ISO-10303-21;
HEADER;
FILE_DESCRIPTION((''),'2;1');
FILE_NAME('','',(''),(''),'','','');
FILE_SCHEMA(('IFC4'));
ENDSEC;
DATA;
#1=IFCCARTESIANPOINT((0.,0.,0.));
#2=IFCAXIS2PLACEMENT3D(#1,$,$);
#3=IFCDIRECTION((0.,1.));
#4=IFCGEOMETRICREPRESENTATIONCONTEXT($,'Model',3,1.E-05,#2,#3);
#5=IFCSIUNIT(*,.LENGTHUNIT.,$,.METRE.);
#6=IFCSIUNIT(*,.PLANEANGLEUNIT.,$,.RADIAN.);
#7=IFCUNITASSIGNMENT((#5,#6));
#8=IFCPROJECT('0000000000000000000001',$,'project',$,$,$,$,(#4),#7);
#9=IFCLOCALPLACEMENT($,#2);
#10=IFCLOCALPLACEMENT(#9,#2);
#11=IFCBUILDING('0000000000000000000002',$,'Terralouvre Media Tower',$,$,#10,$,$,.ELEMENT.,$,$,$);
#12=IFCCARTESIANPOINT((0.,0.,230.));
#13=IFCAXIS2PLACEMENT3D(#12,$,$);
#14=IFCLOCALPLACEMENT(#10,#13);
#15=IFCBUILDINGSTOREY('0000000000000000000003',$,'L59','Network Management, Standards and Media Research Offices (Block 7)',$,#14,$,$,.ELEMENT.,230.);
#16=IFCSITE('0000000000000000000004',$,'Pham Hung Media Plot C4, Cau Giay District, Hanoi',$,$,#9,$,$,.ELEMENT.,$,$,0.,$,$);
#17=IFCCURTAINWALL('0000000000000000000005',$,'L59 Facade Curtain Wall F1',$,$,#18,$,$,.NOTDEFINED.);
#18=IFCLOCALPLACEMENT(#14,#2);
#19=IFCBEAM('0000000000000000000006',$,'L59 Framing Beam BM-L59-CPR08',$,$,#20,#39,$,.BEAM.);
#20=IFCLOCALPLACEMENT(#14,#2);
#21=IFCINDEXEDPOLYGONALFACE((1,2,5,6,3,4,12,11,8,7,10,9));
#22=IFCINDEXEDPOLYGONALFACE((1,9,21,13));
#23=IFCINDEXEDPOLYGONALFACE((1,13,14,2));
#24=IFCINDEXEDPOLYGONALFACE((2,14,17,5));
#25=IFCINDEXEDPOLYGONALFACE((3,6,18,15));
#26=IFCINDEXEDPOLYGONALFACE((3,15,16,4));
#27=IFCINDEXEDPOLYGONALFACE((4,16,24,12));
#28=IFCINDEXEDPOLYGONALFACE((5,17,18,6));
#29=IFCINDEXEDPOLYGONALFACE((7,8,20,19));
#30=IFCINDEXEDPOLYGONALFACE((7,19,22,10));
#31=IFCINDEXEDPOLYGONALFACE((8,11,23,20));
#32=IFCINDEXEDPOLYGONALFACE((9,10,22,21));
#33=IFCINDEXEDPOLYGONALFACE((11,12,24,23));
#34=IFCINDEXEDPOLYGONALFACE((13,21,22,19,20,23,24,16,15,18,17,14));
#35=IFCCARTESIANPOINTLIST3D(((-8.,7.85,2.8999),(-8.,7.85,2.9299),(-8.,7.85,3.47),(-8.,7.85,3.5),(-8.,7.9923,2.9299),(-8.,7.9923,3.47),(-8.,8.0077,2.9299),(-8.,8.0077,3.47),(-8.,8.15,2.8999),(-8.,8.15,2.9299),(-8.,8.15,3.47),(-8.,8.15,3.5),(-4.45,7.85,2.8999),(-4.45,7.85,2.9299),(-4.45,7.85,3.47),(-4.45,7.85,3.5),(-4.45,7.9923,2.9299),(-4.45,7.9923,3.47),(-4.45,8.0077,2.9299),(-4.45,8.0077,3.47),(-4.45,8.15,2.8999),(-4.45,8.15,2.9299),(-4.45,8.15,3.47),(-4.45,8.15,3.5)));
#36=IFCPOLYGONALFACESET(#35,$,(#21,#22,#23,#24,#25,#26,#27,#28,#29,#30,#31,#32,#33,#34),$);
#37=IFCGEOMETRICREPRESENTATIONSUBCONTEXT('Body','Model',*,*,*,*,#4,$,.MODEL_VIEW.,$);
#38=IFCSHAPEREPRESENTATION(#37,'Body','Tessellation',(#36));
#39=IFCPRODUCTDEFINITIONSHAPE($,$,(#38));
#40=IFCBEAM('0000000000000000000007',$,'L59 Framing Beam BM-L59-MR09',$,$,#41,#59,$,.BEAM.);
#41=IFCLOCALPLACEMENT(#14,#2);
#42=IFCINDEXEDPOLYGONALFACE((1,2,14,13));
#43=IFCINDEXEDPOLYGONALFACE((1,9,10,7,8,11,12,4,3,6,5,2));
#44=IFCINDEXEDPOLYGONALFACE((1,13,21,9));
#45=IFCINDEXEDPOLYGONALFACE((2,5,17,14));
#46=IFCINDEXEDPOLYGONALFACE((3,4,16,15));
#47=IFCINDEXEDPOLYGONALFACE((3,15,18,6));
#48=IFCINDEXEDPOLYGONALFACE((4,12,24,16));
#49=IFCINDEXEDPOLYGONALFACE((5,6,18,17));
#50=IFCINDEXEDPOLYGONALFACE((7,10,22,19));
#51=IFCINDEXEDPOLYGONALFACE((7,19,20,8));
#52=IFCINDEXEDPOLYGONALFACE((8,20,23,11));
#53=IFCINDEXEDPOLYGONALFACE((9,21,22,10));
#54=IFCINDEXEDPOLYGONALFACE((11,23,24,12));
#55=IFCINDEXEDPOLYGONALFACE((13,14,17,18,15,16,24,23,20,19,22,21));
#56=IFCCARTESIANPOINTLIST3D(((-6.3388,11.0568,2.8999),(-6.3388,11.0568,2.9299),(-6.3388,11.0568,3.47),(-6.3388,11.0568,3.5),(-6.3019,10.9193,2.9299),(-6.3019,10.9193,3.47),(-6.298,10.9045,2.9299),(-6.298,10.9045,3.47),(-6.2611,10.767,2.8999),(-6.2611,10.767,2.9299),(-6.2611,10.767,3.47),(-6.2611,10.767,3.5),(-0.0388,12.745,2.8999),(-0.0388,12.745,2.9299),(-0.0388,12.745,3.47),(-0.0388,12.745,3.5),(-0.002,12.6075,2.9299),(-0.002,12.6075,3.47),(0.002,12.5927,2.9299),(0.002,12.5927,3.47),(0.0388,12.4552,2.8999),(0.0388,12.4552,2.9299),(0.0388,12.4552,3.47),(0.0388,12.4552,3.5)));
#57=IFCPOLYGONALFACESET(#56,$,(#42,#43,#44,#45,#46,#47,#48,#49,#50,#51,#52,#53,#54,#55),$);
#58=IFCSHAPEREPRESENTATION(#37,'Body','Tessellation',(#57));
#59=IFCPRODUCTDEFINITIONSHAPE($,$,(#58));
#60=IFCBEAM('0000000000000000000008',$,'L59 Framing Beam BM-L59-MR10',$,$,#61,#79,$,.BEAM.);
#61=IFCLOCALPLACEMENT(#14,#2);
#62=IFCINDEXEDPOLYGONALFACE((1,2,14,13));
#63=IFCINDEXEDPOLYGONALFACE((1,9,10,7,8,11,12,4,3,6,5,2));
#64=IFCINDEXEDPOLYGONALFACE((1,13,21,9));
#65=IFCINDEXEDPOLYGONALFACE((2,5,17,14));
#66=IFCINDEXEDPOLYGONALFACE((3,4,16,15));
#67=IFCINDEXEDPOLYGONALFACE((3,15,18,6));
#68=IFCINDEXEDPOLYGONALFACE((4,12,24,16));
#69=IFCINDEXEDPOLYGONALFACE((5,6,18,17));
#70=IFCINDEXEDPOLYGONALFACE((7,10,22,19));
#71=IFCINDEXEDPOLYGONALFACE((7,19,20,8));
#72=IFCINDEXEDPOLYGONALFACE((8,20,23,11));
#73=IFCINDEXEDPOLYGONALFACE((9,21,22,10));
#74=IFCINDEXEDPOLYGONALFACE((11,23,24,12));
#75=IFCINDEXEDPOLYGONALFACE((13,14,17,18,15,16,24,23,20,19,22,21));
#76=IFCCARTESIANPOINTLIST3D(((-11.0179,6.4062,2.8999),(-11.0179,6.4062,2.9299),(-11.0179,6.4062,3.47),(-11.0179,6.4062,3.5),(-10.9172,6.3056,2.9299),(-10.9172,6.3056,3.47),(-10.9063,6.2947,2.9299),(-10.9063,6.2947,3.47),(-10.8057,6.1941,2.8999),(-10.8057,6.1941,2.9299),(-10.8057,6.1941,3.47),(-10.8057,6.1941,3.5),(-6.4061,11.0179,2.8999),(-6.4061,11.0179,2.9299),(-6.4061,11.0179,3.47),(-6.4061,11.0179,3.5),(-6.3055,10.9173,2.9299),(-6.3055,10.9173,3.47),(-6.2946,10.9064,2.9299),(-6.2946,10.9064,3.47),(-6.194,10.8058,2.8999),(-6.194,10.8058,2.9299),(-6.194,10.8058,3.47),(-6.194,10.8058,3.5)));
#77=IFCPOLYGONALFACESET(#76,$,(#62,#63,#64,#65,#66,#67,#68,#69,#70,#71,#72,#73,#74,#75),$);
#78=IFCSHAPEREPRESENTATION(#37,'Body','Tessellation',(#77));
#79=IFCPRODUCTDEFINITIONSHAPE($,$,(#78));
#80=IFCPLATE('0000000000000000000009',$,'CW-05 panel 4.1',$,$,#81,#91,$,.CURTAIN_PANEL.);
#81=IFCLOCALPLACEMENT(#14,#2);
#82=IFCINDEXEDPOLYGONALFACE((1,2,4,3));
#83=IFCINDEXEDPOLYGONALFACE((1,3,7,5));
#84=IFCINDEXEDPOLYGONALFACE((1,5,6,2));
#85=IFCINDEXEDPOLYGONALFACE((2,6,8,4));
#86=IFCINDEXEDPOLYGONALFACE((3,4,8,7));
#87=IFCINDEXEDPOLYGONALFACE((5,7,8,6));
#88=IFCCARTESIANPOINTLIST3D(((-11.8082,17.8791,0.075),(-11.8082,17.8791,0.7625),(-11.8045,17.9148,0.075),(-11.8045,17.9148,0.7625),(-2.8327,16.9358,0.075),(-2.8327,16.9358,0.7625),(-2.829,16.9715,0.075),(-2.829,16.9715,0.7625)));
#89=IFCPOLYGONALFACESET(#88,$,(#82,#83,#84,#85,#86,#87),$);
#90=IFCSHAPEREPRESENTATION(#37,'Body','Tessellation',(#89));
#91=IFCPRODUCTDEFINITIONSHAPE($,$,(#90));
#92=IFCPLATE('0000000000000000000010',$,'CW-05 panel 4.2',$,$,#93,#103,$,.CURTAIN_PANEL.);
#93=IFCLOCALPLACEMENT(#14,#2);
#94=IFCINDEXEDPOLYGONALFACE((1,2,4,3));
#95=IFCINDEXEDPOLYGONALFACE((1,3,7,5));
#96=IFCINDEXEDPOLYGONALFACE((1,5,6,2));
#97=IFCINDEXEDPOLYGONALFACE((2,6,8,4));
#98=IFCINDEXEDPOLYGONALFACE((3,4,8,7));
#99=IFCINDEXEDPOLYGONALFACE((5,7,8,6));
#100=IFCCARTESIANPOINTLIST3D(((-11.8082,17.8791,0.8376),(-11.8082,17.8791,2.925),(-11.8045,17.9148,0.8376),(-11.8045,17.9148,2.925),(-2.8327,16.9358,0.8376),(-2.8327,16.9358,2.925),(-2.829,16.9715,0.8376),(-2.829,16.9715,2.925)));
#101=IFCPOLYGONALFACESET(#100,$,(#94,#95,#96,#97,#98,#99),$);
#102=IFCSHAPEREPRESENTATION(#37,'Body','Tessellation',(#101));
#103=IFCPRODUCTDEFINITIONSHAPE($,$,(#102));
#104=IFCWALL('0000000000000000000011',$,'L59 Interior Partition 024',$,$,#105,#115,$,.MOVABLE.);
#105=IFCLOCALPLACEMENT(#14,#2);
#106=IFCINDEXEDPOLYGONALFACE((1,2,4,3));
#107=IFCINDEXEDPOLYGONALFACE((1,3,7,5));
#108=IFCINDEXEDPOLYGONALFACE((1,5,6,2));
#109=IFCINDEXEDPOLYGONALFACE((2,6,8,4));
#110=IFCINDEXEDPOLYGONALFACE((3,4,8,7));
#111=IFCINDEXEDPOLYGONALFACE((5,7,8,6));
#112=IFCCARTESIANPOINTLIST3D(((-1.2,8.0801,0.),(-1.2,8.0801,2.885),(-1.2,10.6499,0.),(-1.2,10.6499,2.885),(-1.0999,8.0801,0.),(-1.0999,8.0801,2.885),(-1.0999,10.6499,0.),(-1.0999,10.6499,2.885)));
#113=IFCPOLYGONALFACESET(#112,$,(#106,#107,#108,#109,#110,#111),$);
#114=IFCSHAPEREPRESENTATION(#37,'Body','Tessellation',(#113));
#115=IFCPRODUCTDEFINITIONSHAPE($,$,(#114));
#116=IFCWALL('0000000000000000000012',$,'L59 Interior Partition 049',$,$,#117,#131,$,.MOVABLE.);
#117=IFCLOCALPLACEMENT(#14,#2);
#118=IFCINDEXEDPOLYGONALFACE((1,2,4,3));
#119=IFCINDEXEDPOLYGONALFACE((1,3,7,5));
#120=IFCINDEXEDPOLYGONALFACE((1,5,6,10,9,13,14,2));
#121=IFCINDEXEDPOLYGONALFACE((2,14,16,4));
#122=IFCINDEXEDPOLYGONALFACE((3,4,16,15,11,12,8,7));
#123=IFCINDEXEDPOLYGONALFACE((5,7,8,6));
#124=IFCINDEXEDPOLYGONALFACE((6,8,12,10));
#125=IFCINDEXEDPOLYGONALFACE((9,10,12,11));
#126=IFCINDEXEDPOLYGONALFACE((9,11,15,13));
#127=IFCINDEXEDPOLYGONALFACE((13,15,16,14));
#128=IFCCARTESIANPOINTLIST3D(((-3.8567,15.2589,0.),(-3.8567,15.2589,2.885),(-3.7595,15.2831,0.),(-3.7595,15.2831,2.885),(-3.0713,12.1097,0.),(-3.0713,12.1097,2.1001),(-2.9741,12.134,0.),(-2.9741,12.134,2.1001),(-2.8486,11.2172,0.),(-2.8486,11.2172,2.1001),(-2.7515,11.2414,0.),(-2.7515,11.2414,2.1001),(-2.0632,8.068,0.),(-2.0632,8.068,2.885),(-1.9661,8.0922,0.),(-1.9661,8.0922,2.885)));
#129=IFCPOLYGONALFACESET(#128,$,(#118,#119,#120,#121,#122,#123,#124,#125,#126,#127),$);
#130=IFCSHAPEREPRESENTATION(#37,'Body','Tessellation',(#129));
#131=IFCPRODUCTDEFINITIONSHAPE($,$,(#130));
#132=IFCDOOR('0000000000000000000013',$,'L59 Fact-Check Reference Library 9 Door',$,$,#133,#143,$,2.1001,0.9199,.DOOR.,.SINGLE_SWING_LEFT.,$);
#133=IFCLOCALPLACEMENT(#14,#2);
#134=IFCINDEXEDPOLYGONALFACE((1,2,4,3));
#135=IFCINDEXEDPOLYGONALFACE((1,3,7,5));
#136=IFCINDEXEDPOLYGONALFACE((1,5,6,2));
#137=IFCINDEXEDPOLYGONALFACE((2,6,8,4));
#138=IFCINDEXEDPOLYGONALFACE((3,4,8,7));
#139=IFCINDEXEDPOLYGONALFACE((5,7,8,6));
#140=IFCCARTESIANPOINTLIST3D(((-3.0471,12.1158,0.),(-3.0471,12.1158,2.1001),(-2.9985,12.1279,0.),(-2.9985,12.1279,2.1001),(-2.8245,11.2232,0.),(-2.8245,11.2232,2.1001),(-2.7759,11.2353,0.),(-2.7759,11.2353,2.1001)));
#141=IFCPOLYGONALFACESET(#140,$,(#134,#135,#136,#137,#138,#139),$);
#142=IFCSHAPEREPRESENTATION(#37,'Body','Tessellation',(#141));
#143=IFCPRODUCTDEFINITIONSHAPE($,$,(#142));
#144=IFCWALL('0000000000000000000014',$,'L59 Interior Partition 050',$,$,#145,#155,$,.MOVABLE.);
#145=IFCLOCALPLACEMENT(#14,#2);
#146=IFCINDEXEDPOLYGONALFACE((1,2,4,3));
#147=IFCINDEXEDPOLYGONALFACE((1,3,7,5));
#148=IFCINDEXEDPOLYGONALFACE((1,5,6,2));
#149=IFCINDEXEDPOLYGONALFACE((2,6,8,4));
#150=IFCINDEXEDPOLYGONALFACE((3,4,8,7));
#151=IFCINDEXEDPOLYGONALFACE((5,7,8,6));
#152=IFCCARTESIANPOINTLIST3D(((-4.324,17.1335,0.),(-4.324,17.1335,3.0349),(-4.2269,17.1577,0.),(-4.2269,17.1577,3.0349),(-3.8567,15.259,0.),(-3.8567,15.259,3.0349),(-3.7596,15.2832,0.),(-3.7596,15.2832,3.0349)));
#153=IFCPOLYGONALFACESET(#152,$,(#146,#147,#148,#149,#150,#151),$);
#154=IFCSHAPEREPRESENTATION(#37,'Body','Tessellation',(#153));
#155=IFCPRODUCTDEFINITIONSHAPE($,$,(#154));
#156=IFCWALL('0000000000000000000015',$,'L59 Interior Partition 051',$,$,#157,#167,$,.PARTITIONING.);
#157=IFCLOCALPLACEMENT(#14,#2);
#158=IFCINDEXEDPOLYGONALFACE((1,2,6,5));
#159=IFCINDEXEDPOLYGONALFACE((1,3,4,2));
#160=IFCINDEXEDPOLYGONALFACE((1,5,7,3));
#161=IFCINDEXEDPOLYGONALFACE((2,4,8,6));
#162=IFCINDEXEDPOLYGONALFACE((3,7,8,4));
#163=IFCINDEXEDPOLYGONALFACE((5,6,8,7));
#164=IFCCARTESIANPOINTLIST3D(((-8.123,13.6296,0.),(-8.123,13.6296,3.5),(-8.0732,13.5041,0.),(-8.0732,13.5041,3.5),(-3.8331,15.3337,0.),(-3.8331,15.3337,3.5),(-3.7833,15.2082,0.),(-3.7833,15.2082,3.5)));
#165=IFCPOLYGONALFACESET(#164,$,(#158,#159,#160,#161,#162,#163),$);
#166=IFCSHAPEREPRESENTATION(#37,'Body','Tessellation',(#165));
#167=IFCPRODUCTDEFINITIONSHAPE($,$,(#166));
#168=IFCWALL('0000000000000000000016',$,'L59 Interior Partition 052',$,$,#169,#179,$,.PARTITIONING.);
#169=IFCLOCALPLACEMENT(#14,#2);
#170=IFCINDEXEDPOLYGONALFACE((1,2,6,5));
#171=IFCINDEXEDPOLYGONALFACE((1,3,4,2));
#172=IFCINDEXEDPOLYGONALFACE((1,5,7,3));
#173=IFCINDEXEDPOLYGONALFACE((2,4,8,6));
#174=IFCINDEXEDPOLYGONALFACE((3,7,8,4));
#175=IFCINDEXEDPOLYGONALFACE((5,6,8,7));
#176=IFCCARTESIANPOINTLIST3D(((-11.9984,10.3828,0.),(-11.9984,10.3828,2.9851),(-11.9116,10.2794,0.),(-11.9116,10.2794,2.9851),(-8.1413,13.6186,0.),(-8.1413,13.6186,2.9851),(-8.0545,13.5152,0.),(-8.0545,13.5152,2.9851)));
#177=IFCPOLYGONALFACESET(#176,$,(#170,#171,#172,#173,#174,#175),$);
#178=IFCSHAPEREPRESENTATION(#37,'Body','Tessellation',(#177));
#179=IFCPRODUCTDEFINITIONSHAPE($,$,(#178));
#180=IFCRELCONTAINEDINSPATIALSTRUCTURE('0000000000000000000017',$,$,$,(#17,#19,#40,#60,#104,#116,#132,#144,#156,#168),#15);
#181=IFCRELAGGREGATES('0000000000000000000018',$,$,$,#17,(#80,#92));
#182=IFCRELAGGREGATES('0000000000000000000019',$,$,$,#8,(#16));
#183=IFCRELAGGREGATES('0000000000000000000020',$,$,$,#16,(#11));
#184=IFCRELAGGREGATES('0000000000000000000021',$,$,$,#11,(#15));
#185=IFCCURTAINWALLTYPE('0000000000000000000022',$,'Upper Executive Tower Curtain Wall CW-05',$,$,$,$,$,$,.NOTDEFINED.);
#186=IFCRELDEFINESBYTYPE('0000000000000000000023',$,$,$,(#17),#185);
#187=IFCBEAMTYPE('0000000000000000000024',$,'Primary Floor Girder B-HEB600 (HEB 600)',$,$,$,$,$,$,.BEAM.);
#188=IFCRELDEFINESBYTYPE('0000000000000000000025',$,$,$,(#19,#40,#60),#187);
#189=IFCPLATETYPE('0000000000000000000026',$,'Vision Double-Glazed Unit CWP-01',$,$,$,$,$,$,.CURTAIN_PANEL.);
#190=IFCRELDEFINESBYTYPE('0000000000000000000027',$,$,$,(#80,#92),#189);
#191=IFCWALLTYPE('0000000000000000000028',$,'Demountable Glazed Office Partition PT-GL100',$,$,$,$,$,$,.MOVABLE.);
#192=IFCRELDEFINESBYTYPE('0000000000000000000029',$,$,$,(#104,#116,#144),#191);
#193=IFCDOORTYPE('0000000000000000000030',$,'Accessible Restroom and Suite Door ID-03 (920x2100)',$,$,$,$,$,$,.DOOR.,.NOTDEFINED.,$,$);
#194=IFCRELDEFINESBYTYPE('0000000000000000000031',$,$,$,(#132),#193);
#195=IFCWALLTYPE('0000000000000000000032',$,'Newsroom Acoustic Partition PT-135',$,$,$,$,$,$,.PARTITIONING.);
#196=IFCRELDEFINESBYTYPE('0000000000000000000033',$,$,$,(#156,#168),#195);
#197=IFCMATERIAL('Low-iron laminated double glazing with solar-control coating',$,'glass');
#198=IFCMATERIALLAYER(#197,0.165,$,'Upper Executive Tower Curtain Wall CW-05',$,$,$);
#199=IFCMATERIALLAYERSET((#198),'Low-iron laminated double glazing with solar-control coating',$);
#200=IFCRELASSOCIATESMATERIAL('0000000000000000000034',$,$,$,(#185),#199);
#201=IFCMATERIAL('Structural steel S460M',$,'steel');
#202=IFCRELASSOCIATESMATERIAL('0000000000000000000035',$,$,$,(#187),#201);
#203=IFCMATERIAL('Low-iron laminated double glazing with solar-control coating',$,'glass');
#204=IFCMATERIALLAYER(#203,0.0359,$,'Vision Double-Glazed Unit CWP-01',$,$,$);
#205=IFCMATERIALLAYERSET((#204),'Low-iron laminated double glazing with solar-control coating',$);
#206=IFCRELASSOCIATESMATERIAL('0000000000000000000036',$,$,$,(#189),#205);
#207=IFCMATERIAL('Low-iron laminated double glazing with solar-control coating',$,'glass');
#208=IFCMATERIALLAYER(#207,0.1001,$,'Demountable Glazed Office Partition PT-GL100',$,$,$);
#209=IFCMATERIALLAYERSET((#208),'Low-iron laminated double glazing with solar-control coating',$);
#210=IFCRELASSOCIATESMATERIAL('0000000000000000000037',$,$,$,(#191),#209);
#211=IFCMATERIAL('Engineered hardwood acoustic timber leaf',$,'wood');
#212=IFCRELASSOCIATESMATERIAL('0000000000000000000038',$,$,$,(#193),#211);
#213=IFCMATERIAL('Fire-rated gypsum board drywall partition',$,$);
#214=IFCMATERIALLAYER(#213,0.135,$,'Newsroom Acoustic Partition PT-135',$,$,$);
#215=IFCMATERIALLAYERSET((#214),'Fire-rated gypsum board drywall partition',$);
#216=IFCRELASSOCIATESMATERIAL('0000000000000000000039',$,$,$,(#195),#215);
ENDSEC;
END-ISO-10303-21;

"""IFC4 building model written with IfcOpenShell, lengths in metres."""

from ifc_helpers import new_model, si_unit, direction, frame, frame_2d, origin, origin_2d, place, context, subcontext, project, spatial, rectangle, i_section, extrude, material, layer, layer_set, material_profile, profile_set, type_object, element, fill, aggregate, save


model = new_model("IFC4")

# Units and contexts
model_context = context("Model", 3, precision=1e-05, world=origin(), true_north=direction((0.0, 1.0)))
body_context = subcontext(model_context, "Body", "Model", "MODEL_VIEW")
ifc_project = project(units=[si_unit("LENGTHUNIT", "METRE"), si_unit("PLANEANGLEUNIT", "RADIAN")], contexts=[model_context])

# Site, building, storey
site_placement = place(None, origin())
site = spatial("IfcSite", under=ifc_project, at=site_placement, Name="Pham Hung Media Plot C4, Cau Giay District, Hanoi", CompositionType="ELEMENT", RefElevation=0.0)
building_placement = place(site_placement, origin())
building = spatial("IfcBuilding", under=site, at=building_placement, Name="Terralouvre Media Tower", CompositionType="ELEMENT")
storey_placement = place(building_placement, frame((0.0, 0.0, 230.0)))
storey = spatial("IfcBuildingStorey", under=building, at=storey_placement, Name="L59", Description="Network Management, Standards and Media Research Offices (Block 7)", CompositionType="ELEMENT", Elevation=230.0)

# Curtain wall
ifc_material_1 = material(Name="Low-iron laminated double glazing with solar-control coating", Category="glass")
ifc_layer_1 = layer(ifc_material_1, 0.165, Name="Upper Executive Tower Curtain Wall CW-05")
ifc_layer_set_1 = layer_set([ifc_layer_1], Name="Low-iron laminated double glazing with solar-control coating")
curtain_wall_type = type_object("IfcCurtainWallType", Name="Upper Executive Tower Curtain Wall CW-05", PredefinedType="NOTDEFINED", material=ifc_layer_set_1)
curtain_wall_placement = place(storey_placement, origin())
curtain_wall = element("IfcCurtainWall", 1, at=curtain_wall_placement, inside=storey, type_object=curtain_wall_type, Name="L59 Facade Curtain Wall F1", PredefinedType="NOTDEFINED")

# Beams
ifc_material_2 = material(Name="Structural steel S460M", Category="steel")
ifc_material_profile_1 = material_profile(ifc_material_2, i_section(OverallWidth=0.3, OverallDepth=0.6001, WebThickness=0.0154, FlangeThickness=0.03, at=origin_2d()), Name="HEB 600")
ifc_profile_set_1 = profile_set([ifc_material_profile_1], Name="Structural steel S460M")
beam_type_1 = type_object("IfcBeamType", Name="Primary Floor Girder B-HEB600 (HEB 600)", PredefinedType="BEAM", material=ifc_profile_set_1)
beam_1_placement = place(storey_placement, frame((-4.45, 8.0, 3.2), z_axis=(-1.0, 0.0, 0.0), x_axis=(0.0, -1.0, 0.0)))
element("IfcBeam", 2, at=beam_1_placement, inside=storey, type_object=beam_type_1, Name="L59 Framing Beam BM-L59-CPR08", PredefinedType="BEAM", context=body_context, shape_type="SweptSolid", body=[
    extrude(i_section(OverallWidth=0.3, OverallDepth=0.6001, WebThickness=0.0154, FlangeThickness=0.03, at=origin_2d()), origin(), (0.0, 0.0, 1.0), 3.55),
])
beam_2_placement = place(storey_placement, frame((0.0, 12.6001, 3.2), z_axis=(-0.96592, -0.258839, 0.0), x_axis=(0.258839, -0.96592, 0.0)))
element("IfcBeam", 3, at=beam_2_placement, inside=storey, type_object=beam_type_1, Name="L59 Framing Beam BM-L59-MR09", PredefinedType="BEAM", context=body_context, shape_type="SweptSolid", body=[
    extrude(i_section(OverallWidth=0.3, OverallDepth=0.6001, WebThickness=0.0154, FlangeThickness=0.03, at=origin_2d()), origin(), (0.0, 0.0, 1.0), 6.5222),
])
beam_3_placement = place(storey_placement, frame((-6.3, 10.9119, 3.2), z_axis=(-0.707107, -0.707107, 0.0), x_axis=(0.707107, -0.707107, 0.0)))
element("IfcBeam", 4, at=beam_3_placement, inside=storey, type_object=beam_type_1, Name="L59 Framing Beam BM-L59-MR10", PredefinedType="BEAM", context=body_context, shape_type="SweptSolid", body=[
    extrude(i_section(OverallWidth=0.3, OverallDepth=0.6001, WebThickness=0.0154, FlangeThickness=0.03, at=origin_2d()), origin(), (0.0, 0.0, 1.0), 6.522),
])

# Plates
ifc_material_3 = material(Name="Low-iron laminated double glazing with solar-control coating", Category="glass")
ifc_layer_2 = layer(ifc_material_3, 0.0359, Name="Vision Double-Glazed Unit CWP-01")
ifc_layer_set_2 = layer_set([ifc_layer_2], Name="Low-iron laminated double glazing with solar-control coating")
plate_type = type_object("IfcPlateType", Name="Vision Double-Glazed Unit CWP-01", PredefinedType="CURTAIN_PANEL", material=ifc_layer_set_2)
plate_1_placement = place(storey_placement, frame((-7.3186, 17.4253, 0.075), z_axis=(0.0, 0.0, 1.0), x_axis=(-0.994522, 0.104529, 0.0)))
plate_1 = element("IfcPlate", 5, at=plate_1_placement, type_object=plate_type, Name="CW-05 panel 4.1", PredefinedType="CURTAIN_PANEL", context=body_context, shape_type="SweptSolid", body=[
    extrude(rectangle(XDim=9.0249, YDim=0.0359, at=origin_2d()), origin(), (0.0, 0.0, 1.0), 0.6875),
])
plate_2_placement = place(storey_placement, frame((-7.3186, 17.4253, 0.8376), z_axis=(0.0, 0.0, 1.0), x_axis=(-0.994522, 0.104529, 0.0)))
plate_2 = element("IfcPlate", 6, at=plate_2_placement, type_object=plate_type, Name="CW-05 panel 4.2", PredefinedType="CURTAIN_PANEL", context=body_context, shape_type="SweptSolid", body=[
    extrude(rectangle(XDim=9.0249, YDim=0.0359, at=origin_2d()), origin(), (0.0, 0.0, 1.0), 2.0874),
])
aggregate(curtain_wall, [plate_1, plate_2])

# Wall
ifc_material_4 = material(Name="Low-iron laminated double glazing with solar-control coating", Category="glass")
ifc_layer_3 = layer(ifc_material_4, 0.1001, Name="Demountable Glazed Office Partition PT-GL100")
ifc_layer_set_3 = layer_set([ifc_layer_3], Name="Low-iron laminated double glazing with solar-control coating")
wall_type_1 = type_object("IfcWallType", Name="Demountable Glazed Office Partition PT-GL100", PredefinedType="MOVABLE", material=ifc_layer_set_3)
wall_1_placement = place(storey_placement, frame((-1.1499, 10.6499, 0.0), z_axis=(0.0, 0.0, 1.0), x_axis=(0.0, -1.0, 0.0)))
element("IfcWall", 7, at=wall_1_placement, inside=storey, type_object=wall_type_1, Name="L59 Interior Partition 024", PredefinedType="MOVABLE", context=body_context, shape_type="SweptSolid", body=[
    extrude(rectangle(XDim=2.5698, YDim=0.1001, at=frame_2d((1.2849, 0.0))), origin(), (0.0, 0.0, 1.0), 2.885),
])

# Wall, opening, door
wall_2_placement = place(storey_placement, frame((-3.8081, 15.271, 0.0), z_axis=(0.0, 0.0, 1.0), x_axis=(0.241993, -0.970278, 0.0)))
wall_2 = element("IfcWall", 8, at=wall_2_placement, inside=storey, type_object=wall_type_1, Name="L59 Interior Partition 049", PredefinedType="MOVABLE", context=body_context, shape_type="SweptSolid", body=[
    extrude(rectangle(XDim=7.4111, YDim=0.1001, at=frame_2d((3.7056, 0.0))), origin(), (0.0, 0.0, 1.0), 2.885),
])
opening_placement = place(wall_2_placement, frame((3.2456, 0.0, 0.0)))
opening = element("IfcOpeningElement", 9, at=opening_placement, cuts=wall_2, PredefinedType="OPENING", context=body_context, shape_type="SweptSolid", body=[
    extrude(rectangle(XDim=0.9199, YDim=2.1001, at=frame_2d((0.46, 1.05))), frame((0.0, 0.0601, 0.0), z_axis=(0.0, -1.0, 0.0), x_axis=(1.0, 0.0, 0.0)), (0.0, 0.0, 1.0), 0.1201),
])
ifc_material_5 = material(Name="Engineered hardwood acoustic timber leaf", Category="wood")
door_type = type_object("IfcDoorType", Name="Accessible Restroom and Suite Door ID-03 (920x2100)", OperationType="NOTDEFINED", PredefinedType="DOOR", material=ifc_material_5)
door_placement = place(opening_placement, origin())
door = element("IfcDoor", 10, at=door_placement, inside=storey, type_object=door_type, Name="L59 Fact-Check Reference Library 9 Door", OperationType="SINGLE_SWING_LEFT", OverallHeight=2.1001, OverallWidth=0.9199, PredefinedType="DOOR", context=body_context, shape_type="SweptSolid", body=[
    extrude(rectangle(XDim=0.9199, YDim=2.1001, at=frame_2d((0.46, 1.05))), frame((0.0, 0.0249, 0.0), z_axis=(0.0, -1.0, 0.0), x_axis=(1.0, 0.0, 0.0)), (0.0, 0.0, 1.0), 0.05),
])
fill(opening, door)

# Walls
wall_3_placement = place(storey_placement, frame((-4.2754, 17.1455, 0.0), z_axis=(0.0, 0.0, 1.0), x_axis=(0.241881, -0.970306, 0.0)))
element("IfcWall", 11, at=wall_3_placement, inside=storey, type_object=wall_type_1, Name="L59 Interior Partition 050", PredefinedType="MOVABLE", context=body_context, shape_type="SweptSolid", body=[
    extrude(rectangle(XDim=1.9319, YDim=0.1001, at=frame_2d((0.9658, 0.0))), origin(), (0.0, 0.0, 1.0), 3.0349),
])
ifc_material_6 = material(Name="Fire-rated gypsum board drywall partition")
ifc_layer_4 = layer(ifc_material_6, 0.135, Name="Newsroom Acoustic Partition PT-135")
ifc_layer_set_4 = layer_set([ifc_layer_4], Name="Fire-rated gypsum board drywall partition")
wall_type_2 = type_object("IfcWallType", Name="Newsroom Acoustic Partition PT-135", PredefinedType="PARTITIONING", material=ifc_layer_set_4)
wall_4_placement = place(storey_placement, frame((-3.8081, 15.271, 0.0), z_axis=(0.0, 0.0, 1.0), x_axis=(-0.929357, -0.369183, 0.0)))
element("IfcWall", 12, at=wall_4_placement, inside=storey, type_object=wall_type_2, Name="L59 Interior Partition 051", PredefinedType="PARTITIONING", context=body_context, shape_type="SweptSolid", body=[
    extrude(rectangle(XDim=4.616, YDim=0.135, at=frame_2d((2.3081, 0.0))), origin(), (0.0, 0.0, 1.0), 3.5),
])
wall_5_placement = place(storey_placement, frame((-8.0979, 13.5669, 0.0), z_axis=(0.0, 0.0, 1.0), x_axis=(-0.766115, -0.642704, 0.0)))
element("IfcWall", 13, at=wall_5_placement, inside=storey, type_object=wall_type_2, Name="L59 Interior Partition 052", PredefinedType="PARTITIONING", context=body_context, shape_type="SweptSolid", body=[
    extrude(rectangle(XDim=5.0347, YDim=0.135, at=frame_2d((2.5173, 0.0))), origin(), (0.0, 0.0, 1.0), 2.9851),
])

save(model, "model.ifc")
